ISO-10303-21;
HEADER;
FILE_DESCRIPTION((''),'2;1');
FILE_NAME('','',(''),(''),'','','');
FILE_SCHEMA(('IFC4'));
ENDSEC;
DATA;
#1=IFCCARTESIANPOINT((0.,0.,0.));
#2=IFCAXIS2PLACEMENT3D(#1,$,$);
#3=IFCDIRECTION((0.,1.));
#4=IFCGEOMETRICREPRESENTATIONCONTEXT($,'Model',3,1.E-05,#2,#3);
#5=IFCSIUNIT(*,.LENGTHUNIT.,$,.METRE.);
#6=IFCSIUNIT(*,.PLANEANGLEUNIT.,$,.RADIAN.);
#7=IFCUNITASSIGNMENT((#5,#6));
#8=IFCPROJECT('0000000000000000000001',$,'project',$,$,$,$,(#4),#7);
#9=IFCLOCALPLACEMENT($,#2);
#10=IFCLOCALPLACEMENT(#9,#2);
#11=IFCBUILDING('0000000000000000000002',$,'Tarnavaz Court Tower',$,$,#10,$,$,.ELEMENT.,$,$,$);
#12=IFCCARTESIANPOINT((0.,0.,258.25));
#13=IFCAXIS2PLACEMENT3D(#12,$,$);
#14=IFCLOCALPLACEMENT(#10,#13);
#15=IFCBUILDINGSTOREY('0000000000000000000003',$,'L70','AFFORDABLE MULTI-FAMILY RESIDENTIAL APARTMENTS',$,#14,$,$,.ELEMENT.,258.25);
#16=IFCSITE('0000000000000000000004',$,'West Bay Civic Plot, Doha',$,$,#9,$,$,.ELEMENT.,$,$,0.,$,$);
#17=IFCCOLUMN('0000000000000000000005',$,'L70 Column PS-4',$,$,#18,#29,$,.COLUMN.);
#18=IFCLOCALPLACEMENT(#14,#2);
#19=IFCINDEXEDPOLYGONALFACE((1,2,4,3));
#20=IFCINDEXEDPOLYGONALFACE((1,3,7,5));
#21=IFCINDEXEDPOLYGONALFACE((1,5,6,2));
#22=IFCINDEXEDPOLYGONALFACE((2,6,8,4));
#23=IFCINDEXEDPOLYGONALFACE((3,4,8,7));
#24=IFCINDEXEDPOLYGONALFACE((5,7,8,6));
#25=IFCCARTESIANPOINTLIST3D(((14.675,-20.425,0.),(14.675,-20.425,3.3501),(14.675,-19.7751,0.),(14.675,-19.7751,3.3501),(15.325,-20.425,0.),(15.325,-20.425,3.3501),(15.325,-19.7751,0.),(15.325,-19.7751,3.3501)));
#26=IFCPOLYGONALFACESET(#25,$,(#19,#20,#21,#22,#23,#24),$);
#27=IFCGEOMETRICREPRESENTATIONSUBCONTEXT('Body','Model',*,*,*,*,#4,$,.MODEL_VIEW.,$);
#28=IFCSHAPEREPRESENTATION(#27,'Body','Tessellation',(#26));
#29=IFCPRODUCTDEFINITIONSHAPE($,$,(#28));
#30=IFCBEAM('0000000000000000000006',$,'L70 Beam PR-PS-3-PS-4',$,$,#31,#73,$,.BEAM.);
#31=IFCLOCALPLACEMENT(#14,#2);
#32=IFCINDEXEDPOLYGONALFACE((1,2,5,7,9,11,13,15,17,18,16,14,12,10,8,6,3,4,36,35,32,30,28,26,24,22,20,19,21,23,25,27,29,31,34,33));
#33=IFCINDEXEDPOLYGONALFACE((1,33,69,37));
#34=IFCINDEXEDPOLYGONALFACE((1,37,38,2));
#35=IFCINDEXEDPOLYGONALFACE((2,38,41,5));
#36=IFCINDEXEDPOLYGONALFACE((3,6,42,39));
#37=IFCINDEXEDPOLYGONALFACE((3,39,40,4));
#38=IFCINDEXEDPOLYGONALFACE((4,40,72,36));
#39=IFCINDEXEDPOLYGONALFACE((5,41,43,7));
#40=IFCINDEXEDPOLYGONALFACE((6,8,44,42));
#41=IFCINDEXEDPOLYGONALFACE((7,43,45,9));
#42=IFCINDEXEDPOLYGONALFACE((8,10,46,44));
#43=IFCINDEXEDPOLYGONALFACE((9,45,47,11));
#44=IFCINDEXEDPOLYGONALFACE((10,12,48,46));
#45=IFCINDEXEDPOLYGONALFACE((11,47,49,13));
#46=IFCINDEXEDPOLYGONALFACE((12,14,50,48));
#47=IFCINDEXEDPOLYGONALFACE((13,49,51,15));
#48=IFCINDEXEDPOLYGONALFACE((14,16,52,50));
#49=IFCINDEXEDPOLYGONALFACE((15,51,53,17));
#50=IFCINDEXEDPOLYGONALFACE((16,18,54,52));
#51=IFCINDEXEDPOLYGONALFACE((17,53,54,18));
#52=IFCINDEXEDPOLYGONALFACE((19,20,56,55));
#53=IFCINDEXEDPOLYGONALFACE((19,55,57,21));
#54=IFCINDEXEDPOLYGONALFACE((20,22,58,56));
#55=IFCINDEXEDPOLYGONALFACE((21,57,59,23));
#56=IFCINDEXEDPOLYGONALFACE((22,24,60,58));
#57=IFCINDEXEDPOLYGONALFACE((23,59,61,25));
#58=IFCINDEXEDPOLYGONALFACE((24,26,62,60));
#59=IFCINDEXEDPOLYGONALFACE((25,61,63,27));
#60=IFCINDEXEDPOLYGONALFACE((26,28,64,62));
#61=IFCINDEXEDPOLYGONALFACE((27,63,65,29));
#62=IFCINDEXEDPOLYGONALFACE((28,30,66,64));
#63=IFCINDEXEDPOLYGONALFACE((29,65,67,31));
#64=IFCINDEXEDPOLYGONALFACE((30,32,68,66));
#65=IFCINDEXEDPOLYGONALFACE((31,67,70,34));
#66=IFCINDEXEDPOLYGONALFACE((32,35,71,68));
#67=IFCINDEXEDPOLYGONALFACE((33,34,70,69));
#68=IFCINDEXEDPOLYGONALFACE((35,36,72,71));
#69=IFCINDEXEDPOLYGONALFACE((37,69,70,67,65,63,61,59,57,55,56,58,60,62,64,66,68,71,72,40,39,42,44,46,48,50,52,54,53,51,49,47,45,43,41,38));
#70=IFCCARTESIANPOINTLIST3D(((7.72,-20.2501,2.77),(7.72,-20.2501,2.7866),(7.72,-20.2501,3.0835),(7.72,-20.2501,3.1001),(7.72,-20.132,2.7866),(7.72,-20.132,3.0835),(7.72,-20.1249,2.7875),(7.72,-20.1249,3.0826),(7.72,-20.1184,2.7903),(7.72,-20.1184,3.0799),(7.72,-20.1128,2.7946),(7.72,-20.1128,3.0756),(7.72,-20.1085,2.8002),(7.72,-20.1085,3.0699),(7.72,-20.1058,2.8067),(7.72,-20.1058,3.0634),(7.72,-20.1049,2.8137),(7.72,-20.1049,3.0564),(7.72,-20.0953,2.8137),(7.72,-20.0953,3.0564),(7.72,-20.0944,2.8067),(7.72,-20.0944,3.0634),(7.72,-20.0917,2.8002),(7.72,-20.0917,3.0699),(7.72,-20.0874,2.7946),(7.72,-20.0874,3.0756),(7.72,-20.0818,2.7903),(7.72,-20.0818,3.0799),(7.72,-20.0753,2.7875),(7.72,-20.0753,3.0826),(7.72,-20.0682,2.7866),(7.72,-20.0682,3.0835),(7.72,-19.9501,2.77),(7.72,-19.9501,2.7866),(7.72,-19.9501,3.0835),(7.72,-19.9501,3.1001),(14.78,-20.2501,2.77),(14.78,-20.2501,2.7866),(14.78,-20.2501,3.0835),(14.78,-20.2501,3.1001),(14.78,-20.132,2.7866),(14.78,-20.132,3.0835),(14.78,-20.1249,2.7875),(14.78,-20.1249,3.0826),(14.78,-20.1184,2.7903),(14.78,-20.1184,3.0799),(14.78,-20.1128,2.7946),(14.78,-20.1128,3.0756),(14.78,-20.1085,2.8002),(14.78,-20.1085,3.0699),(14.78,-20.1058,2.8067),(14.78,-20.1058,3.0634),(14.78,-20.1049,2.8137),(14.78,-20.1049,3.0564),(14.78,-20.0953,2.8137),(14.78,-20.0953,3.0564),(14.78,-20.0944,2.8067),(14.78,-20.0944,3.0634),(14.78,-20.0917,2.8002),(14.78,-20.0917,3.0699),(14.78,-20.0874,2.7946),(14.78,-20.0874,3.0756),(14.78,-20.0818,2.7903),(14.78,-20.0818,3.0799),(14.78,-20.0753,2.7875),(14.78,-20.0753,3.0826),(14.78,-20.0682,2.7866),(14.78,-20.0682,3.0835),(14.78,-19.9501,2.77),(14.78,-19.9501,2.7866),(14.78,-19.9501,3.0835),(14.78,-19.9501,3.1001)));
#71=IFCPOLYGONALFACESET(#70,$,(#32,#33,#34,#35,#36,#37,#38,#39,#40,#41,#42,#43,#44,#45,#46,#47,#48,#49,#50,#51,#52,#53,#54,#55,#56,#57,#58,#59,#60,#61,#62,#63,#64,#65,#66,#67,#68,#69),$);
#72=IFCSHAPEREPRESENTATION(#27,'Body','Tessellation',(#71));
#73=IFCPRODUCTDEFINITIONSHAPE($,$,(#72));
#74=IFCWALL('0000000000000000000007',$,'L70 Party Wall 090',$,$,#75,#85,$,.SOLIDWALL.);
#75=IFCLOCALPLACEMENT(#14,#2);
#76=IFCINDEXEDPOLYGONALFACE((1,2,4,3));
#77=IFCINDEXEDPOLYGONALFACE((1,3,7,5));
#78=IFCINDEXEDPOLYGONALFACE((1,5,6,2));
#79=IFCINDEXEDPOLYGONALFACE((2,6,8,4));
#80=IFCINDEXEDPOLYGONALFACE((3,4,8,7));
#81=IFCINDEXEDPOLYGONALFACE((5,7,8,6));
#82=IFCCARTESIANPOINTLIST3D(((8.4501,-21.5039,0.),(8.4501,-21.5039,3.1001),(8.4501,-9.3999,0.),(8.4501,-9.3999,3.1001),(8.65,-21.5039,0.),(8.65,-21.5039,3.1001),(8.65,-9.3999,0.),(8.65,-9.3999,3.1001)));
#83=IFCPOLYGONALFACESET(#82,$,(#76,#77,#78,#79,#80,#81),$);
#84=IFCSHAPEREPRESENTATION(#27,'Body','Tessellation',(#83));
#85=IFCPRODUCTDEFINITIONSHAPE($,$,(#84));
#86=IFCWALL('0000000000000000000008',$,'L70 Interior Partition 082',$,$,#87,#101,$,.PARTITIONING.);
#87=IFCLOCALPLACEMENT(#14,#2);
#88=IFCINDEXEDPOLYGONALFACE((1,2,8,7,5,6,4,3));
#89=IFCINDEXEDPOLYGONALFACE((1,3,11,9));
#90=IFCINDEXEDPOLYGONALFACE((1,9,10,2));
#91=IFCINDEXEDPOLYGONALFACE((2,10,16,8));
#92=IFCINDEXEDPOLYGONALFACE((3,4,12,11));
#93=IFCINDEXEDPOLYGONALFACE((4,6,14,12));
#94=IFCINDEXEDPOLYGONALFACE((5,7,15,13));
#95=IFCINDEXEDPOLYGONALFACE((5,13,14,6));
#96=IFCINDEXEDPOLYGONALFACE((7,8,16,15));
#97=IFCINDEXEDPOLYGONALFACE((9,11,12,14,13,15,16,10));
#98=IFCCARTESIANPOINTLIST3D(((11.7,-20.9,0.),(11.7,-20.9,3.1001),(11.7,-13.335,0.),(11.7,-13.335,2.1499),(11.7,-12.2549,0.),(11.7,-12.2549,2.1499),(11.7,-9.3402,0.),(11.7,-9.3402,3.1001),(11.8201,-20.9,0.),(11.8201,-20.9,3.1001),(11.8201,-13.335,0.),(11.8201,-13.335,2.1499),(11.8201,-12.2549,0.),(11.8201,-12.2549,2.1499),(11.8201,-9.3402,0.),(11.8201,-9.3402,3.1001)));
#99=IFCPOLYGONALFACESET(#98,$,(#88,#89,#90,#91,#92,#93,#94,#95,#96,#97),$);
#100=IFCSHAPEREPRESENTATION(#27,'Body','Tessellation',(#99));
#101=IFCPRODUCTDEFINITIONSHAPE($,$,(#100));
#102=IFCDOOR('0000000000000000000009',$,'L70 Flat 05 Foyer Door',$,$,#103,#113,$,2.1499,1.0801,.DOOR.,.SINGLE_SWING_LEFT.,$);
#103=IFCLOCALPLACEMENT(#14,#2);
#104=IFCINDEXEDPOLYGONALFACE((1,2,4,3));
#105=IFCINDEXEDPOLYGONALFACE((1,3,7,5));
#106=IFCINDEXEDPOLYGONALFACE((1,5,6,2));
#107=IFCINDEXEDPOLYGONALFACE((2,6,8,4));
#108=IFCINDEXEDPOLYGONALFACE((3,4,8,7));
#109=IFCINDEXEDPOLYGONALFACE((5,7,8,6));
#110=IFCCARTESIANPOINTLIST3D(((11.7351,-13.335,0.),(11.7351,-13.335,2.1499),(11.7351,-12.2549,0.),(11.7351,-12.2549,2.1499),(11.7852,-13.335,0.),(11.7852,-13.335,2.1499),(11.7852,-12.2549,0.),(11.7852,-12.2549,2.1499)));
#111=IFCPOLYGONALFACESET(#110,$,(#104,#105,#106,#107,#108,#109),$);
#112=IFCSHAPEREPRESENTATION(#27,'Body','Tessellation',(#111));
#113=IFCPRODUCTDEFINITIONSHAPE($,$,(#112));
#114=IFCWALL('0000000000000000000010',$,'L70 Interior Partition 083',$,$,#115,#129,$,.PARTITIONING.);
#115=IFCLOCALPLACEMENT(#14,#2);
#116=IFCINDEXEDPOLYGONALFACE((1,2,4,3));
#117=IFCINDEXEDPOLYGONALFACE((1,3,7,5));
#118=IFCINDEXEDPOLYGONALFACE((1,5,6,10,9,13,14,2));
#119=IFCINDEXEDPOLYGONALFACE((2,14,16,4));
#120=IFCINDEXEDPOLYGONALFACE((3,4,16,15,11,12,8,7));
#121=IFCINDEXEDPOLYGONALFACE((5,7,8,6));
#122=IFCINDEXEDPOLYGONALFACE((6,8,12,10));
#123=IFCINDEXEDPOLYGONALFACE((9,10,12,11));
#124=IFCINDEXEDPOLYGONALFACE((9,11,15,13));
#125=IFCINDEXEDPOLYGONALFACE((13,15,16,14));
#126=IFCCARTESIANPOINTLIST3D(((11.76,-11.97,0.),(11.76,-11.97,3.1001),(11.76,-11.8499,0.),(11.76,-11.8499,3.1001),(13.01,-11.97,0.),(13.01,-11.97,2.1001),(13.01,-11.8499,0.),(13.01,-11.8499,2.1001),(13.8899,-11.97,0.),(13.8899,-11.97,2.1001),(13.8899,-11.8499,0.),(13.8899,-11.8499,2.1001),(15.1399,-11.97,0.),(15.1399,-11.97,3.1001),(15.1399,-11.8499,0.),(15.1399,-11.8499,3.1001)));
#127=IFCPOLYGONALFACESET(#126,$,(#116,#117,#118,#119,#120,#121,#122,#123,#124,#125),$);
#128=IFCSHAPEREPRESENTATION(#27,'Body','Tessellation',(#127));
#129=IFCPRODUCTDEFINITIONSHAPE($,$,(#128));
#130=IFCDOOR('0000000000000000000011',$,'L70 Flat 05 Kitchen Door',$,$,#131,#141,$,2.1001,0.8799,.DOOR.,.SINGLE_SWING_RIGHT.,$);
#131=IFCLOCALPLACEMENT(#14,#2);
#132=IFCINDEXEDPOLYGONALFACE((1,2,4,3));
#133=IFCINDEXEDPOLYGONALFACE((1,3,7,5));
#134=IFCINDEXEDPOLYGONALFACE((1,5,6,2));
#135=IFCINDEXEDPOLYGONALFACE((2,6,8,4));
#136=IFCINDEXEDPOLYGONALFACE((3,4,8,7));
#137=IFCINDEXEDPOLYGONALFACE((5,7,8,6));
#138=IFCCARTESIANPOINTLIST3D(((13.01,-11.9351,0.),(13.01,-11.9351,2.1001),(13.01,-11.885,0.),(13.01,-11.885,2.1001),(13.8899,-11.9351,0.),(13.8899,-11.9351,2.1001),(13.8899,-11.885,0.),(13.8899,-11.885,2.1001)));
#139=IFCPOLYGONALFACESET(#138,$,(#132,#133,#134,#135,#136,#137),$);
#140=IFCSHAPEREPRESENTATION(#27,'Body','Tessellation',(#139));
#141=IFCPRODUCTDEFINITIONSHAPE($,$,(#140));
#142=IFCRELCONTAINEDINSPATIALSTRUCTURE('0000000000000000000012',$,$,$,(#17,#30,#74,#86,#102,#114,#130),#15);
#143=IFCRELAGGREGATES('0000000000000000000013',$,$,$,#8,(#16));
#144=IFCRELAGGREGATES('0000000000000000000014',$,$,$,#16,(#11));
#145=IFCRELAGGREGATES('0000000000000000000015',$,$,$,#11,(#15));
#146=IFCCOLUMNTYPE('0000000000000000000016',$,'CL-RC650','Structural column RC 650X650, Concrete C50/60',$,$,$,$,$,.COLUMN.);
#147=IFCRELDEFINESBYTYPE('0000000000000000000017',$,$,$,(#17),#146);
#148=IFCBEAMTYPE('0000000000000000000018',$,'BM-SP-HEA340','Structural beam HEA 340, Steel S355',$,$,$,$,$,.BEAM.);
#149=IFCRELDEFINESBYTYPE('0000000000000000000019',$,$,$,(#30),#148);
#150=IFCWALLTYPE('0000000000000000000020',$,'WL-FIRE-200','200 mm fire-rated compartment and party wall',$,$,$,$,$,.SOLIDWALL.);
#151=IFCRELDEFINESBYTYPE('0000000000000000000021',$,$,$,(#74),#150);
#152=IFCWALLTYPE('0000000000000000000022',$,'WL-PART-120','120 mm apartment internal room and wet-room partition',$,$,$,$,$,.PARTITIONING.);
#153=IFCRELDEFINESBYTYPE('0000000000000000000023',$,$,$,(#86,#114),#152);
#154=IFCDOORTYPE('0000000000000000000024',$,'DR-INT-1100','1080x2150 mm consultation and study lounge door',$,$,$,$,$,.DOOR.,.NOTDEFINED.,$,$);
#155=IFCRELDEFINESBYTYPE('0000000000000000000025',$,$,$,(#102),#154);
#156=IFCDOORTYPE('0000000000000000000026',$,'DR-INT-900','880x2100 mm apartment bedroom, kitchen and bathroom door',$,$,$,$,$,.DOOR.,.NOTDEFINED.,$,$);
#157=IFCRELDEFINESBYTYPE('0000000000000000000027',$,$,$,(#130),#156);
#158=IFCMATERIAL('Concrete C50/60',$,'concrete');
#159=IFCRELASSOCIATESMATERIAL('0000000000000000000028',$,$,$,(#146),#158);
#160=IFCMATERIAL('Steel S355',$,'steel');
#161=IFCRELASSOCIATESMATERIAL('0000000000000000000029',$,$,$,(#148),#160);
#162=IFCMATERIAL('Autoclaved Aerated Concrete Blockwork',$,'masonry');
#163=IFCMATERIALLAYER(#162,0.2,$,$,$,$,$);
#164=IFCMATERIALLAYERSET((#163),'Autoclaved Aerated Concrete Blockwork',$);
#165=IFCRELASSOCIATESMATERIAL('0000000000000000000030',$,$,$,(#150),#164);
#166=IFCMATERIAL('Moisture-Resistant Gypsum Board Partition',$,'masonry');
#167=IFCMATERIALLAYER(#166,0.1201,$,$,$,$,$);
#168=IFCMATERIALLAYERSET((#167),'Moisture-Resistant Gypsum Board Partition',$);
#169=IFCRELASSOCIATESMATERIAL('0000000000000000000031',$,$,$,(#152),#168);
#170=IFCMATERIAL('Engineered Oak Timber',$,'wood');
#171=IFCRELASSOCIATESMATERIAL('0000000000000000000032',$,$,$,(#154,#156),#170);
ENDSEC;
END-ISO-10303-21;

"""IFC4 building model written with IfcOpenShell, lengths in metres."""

from ifc_helpers import new_model, si_unit, direction, frame, frame_2d, origin, origin_2d, place, context, subcontext, project, spatial, rectangle, i_section, extrude, material, layer, layer_set, material_profile, profile_set, type_object, element, fill, save


model = new_model("IFC4")

# Units and contexts
model_context = context("Model", 3, precision=1e-05, world=origin(), true_north=direction((0.0, 1.0)))
body_context = subcontext(model_context, "Body", "Model", "MODEL_VIEW")
ifc_project = project(units=[si_unit("LENGTHUNIT", "METRE"), si_unit("PLANEANGLEUNIT", "RADIAN")], contexts=[model_context])

# Site, building, storey
site_placement = place(None, origin())
site = spatial("IfcSite", under=ifc_project, at=site_placement, Name="West Bay Civic Plot, Doha", CompositionType="ELEMENT", RefElevation=0.0)
building_placement = place(site_placement, origin())
building = spatial("IfcBuilding", under=site, at=building_placement, Name="Tarnavaz Court Tower", CompositionType="ELEMENT")
storey_placement = place(building_placement, frame((0.0, 0.0, 258.25)))
storey = spatial("IfcBuildingStorey", under=building, at=storey_placement, Name="L70", Description="AFFORDABLE MULTI-FAMILY RESIDENTIAL APARTMENTS", CompositionType="ELEMENT", Elevation=258.25)

# Column
ifc_material_1 = material(Name="Concrete C50/60", Category="concrete")
ifc_material_profile_1 = material_profile(ifc_material_1, rectangle(XDim=0.6499, YDim=0.6499, at=origin_2d()), Name="RC 650X650")
ifc_profile_set_1 = profile_set([ifc_material_profile_1], Name="Concrete C50/60")
column_type = type_object("IfcColumnType", Name="CL-RC650", Description="Structural column RC 650X650, Concrete C50/60", PredefinedType="COLUMN", material=ifc_profile_set_1)
column_placement = place(storey_placement, frame((15.0, -20.1001, 0.0), z_axis=(0.0, 0.0, 1.0), x_axis=(1.0, 0.0, 0.0)))
element("IfcColumn", 1, at=column_placement, inside=storey, type_object=column_type, Name="L70 Column PS-4", PredefinedType="COLUMN", context=body_context, shape_type="SweptSolid", body=[
    extrude(rectangle(XDim=0.6499, YDim=0.6499, at=origin_2d()), origin(), (0.0, 0.0, 1.0), 3.3501),
])

# Beam
ifc_material_2 = material(Name="Steel S355", Category="steel")
ifc_material_profile_2 = material_profile(ifc_material_2, i_section(OverallWidth=0.3, OverallDepth=0.3301, WebThickness=0.0095, FlangeThickness=0.0166, FilletRadius=0.0271, at=origin_2d()), Name="HEA 340")
ifc_profile_set_2 = profile_set([ifc_material_profile_2], Name="Steel S355")
beam_type = type_object("IfcBeamType", Name="BM-SP-HEA340", Description="Structural beam HEA 340, Steel S355", PredefinedType="BEAM", material=ifc_profile_set_2)
beam_placement = place(storey_placement, frame((7.72, -20.1001, 2.9351), z_axis=(1.0, 0.0, 0.0), x_axis=(0.0, 1.0, 0.0)))
element("IfcBeam", 2, at=beam_placement, inside=storey, type_object=beam_type, Name="L70 Beam PR-PS-3-PS-4", PredefinedType="BEAM", context=body_context, shape_type="SweptSolid", body=[
    extrude(i_section(OverallWidth=0.3, OverallDepth=0.3301, WebThickness=0.0095, FlangeThickness=0.0166, FilletRadius=0.0271, at=origin_2d()), origin(), (0.0, 0.0, 1.0), 7.0601),
])

# Wall
ifc_material_3 = material(Name="Autoclaved Aerated Concrete Blockwork", Category="masonry")
ifc_layer_1 = layer(ifc_material_3, 0.2)
ifc_layer_set_1 = layer_set([ifc_layer_1], Name="Autoclaved Aerated Concrete Blockwork")
wall_type_1 = type_object("IfcWallType", Name="WL-FIRE-200", Description="200 mm fire-rated compartment and party wall", PredefinedType="SOLIDWALL", material=ifc_layer_set_1)
wall_1_placement = place(storey_placement, frame((8.55, -21.5039, 0.0), z_axis=(0.0, 0.0, 1.0), x_axis=(0.0, 1.0, 0.0)))
element("IfcWall", 3, at=wall_1_placement, inside=storey, type_object=wall_type_1, Name="L70 Party Wall 090", PredefinedType="SOLIDWALL", context=body_context, shape_type="SweptSolid", body=[
    extrude(rectangle(XDim=12.104, YDim=0.2, at=frame_2d((6.052, 0.0))), origin(), (0.0, 0.0, 1.0), 3.1001),
])

# Walls, openings, doors
ifc_material_4 = material(Name="Moisture-Resistant Gypsum Board Partition", Category="masonry")
ifc_layer_2 = layer(ifc_material_4, 0.1201)
ifc_layer_set_2 = layer_set([ifc_layer_2], Name="Moisture-Resistant Gypsum Board Partition")
wall_type_2 = type_object("IfcWallType", Name="WL-PART-120", Description="120 mm apartment internal room and wet-room partition", PredefinedType="PARTITIONING", material=ifc_layer_set_2)
wall_2_placement = place(storey_placement, frame((11.76, -20.8999, 0.0), z_axis=(0.0, 0.0, 1.0), x_axis=(0.0, 1.0, 0.0)))
wall_2 = element("IfcWall", 4, at=wall_2_placement, inside=storey, type_object=wall_type_2, Name="L70 Interior Partition 082", PredefinedType="PARTITIONING", context=body_context, shape_type="SweptSolid", body=[
    extrude(rectangle(XDim=11.5598, YDim=0.1201, at=frame_2d((5.7798, 0.0))), origin(), (0.0, 0.0, 1.0), 3.1001),
])
opening_1_placement = place(wall_2_placement, frame((7.5649, 0.0, 0.0)))
opening_1 = element("IfcOpeningElement", 5, at=opening_1_placement, cuts=wall_2, PredefinedType="OPENING", context=body_context, shape_type="SweptSolid", body=[
    extrude(rectangle(XDim=1.0801, YDim=2.1499, at=frame_2d((0.54, 1.075))), frame((0.0, 0.0701, 0.0), z_axis=(0.0, -1.0, 0.0), x_axis=(1.0, 0.0, 0.0)), (0.0, 0.0, 1.0), 0.1401),
])
ifc_material_5 = material(Name="Engineered Oak Timber", Category="wood")
door_type_1 = type_object("IfcDoorType", Name="DR-INT-1100", Description="1080x2150 mm consultation and study lounge door", OperationType="NOTDEFINED", PredefinedType="DOOR", material=ifc_material_5)
door_1_placement = place(opening_1_placement, origin())
door_1 = element("IfcDoor", 6, at=door_1_placement, inside=storey, type_object=door_type_1, Name="L70 Flat 05 Foyer Door", OperationType="SINGLE_SWING_LEFT", OverallHeight=2.1499, OverallWidth=1.0801, PredefinedType="DOOR", context=body_context, shape_type="SweptSolid", body=[
    extrude(rectangle(XDim=1.0801, YDim=2.1499, at=frame_2d((0.54, 1.075))), frame((0.0, 0.0249, 0.0), z_axis=(0.0, -1.0, 0.0), x_axis=(1.0, 0.0, 0.0)), (0.0, 0.0, 1.0), 0.05),
])
fill(opening_1, door_1)
wall_3_placement = place(storey_placement, frame((11.76, -11.9099, 0.0), z_axis=(0.0, 0.0, 1.0), x_axis=(1.0, 0.0, 0.0)))
wall_3 = element("IfcWall", 7, at=wall_3_placement, inside=storey, type_object=wall_type_2, Name="L70 Interior Partition 083", PredefinedType="PARTITIONING", context=body_context, shape_type="SweptSolid", body=[
    extrude(rectangle(XDim=3.3799, YDim=0.1201, at=frame_2d((1.6899, 0.0))), origin(), (0.0, 0.0, 1.0), 3.1001),
])
opening_2_placement = place(wall_3_placement, frame((1.25, 0.0, 0.0)))
opening_2 = element("IfcOpeningElement", 8, at=opening_2_placement, cuts=wall_3, PredefinedType="OPENING", context=body_context, shape_type="SweptSolid", body=[
    extrude(rectangle(XDim=0.8799, YDim=2.1001, at=frame_2d((0.4399, 1.05))), frame((0.0, 0.0701, 0.0), z_axis=(0.0, -1.0, 0.0), x_axis=(1.0, 0.0, 0.0)), (0.0, 0.0, 1.0), 0.1401),
])
door_type_2 = type_object("IfcDoorType", Name="DR-INT-900", Description="880x2100 mm apartment bedroom, kitchen and bathroom door", OperationType="NOTDEFINED", PredefinedType="DOOR", material=ifc_material_5)
door_2_placement = place(opening_2_placement, origin())
door_2 = element("IfcDoor", 9, at=door_2_placement, inside=storey, type_object=door_type_2, Name="L70 Flat 05 Kitchen Door", OperationType="SINGLE_SWING_RIGHT", OverallHeight=2.1001, OverallWidth=0.8799, PredefinedType="DOOR", context=body_context, shape_type="SweptSolid", body=[
    extrude(rectangle(XDim=0.8799, YDim=2.1001, at=frame_2d((0.4399, 1.05))), frame((0.0, 0.0249, 0.0), z_axis=(0.0, -1.0, 0.0), x_axis=(1.0, 0.0, 0.0)), (0.0, 0.0, 1.0), 0.05),
])
fill(opening_2, door_2)

save(model, "model.ifc")
